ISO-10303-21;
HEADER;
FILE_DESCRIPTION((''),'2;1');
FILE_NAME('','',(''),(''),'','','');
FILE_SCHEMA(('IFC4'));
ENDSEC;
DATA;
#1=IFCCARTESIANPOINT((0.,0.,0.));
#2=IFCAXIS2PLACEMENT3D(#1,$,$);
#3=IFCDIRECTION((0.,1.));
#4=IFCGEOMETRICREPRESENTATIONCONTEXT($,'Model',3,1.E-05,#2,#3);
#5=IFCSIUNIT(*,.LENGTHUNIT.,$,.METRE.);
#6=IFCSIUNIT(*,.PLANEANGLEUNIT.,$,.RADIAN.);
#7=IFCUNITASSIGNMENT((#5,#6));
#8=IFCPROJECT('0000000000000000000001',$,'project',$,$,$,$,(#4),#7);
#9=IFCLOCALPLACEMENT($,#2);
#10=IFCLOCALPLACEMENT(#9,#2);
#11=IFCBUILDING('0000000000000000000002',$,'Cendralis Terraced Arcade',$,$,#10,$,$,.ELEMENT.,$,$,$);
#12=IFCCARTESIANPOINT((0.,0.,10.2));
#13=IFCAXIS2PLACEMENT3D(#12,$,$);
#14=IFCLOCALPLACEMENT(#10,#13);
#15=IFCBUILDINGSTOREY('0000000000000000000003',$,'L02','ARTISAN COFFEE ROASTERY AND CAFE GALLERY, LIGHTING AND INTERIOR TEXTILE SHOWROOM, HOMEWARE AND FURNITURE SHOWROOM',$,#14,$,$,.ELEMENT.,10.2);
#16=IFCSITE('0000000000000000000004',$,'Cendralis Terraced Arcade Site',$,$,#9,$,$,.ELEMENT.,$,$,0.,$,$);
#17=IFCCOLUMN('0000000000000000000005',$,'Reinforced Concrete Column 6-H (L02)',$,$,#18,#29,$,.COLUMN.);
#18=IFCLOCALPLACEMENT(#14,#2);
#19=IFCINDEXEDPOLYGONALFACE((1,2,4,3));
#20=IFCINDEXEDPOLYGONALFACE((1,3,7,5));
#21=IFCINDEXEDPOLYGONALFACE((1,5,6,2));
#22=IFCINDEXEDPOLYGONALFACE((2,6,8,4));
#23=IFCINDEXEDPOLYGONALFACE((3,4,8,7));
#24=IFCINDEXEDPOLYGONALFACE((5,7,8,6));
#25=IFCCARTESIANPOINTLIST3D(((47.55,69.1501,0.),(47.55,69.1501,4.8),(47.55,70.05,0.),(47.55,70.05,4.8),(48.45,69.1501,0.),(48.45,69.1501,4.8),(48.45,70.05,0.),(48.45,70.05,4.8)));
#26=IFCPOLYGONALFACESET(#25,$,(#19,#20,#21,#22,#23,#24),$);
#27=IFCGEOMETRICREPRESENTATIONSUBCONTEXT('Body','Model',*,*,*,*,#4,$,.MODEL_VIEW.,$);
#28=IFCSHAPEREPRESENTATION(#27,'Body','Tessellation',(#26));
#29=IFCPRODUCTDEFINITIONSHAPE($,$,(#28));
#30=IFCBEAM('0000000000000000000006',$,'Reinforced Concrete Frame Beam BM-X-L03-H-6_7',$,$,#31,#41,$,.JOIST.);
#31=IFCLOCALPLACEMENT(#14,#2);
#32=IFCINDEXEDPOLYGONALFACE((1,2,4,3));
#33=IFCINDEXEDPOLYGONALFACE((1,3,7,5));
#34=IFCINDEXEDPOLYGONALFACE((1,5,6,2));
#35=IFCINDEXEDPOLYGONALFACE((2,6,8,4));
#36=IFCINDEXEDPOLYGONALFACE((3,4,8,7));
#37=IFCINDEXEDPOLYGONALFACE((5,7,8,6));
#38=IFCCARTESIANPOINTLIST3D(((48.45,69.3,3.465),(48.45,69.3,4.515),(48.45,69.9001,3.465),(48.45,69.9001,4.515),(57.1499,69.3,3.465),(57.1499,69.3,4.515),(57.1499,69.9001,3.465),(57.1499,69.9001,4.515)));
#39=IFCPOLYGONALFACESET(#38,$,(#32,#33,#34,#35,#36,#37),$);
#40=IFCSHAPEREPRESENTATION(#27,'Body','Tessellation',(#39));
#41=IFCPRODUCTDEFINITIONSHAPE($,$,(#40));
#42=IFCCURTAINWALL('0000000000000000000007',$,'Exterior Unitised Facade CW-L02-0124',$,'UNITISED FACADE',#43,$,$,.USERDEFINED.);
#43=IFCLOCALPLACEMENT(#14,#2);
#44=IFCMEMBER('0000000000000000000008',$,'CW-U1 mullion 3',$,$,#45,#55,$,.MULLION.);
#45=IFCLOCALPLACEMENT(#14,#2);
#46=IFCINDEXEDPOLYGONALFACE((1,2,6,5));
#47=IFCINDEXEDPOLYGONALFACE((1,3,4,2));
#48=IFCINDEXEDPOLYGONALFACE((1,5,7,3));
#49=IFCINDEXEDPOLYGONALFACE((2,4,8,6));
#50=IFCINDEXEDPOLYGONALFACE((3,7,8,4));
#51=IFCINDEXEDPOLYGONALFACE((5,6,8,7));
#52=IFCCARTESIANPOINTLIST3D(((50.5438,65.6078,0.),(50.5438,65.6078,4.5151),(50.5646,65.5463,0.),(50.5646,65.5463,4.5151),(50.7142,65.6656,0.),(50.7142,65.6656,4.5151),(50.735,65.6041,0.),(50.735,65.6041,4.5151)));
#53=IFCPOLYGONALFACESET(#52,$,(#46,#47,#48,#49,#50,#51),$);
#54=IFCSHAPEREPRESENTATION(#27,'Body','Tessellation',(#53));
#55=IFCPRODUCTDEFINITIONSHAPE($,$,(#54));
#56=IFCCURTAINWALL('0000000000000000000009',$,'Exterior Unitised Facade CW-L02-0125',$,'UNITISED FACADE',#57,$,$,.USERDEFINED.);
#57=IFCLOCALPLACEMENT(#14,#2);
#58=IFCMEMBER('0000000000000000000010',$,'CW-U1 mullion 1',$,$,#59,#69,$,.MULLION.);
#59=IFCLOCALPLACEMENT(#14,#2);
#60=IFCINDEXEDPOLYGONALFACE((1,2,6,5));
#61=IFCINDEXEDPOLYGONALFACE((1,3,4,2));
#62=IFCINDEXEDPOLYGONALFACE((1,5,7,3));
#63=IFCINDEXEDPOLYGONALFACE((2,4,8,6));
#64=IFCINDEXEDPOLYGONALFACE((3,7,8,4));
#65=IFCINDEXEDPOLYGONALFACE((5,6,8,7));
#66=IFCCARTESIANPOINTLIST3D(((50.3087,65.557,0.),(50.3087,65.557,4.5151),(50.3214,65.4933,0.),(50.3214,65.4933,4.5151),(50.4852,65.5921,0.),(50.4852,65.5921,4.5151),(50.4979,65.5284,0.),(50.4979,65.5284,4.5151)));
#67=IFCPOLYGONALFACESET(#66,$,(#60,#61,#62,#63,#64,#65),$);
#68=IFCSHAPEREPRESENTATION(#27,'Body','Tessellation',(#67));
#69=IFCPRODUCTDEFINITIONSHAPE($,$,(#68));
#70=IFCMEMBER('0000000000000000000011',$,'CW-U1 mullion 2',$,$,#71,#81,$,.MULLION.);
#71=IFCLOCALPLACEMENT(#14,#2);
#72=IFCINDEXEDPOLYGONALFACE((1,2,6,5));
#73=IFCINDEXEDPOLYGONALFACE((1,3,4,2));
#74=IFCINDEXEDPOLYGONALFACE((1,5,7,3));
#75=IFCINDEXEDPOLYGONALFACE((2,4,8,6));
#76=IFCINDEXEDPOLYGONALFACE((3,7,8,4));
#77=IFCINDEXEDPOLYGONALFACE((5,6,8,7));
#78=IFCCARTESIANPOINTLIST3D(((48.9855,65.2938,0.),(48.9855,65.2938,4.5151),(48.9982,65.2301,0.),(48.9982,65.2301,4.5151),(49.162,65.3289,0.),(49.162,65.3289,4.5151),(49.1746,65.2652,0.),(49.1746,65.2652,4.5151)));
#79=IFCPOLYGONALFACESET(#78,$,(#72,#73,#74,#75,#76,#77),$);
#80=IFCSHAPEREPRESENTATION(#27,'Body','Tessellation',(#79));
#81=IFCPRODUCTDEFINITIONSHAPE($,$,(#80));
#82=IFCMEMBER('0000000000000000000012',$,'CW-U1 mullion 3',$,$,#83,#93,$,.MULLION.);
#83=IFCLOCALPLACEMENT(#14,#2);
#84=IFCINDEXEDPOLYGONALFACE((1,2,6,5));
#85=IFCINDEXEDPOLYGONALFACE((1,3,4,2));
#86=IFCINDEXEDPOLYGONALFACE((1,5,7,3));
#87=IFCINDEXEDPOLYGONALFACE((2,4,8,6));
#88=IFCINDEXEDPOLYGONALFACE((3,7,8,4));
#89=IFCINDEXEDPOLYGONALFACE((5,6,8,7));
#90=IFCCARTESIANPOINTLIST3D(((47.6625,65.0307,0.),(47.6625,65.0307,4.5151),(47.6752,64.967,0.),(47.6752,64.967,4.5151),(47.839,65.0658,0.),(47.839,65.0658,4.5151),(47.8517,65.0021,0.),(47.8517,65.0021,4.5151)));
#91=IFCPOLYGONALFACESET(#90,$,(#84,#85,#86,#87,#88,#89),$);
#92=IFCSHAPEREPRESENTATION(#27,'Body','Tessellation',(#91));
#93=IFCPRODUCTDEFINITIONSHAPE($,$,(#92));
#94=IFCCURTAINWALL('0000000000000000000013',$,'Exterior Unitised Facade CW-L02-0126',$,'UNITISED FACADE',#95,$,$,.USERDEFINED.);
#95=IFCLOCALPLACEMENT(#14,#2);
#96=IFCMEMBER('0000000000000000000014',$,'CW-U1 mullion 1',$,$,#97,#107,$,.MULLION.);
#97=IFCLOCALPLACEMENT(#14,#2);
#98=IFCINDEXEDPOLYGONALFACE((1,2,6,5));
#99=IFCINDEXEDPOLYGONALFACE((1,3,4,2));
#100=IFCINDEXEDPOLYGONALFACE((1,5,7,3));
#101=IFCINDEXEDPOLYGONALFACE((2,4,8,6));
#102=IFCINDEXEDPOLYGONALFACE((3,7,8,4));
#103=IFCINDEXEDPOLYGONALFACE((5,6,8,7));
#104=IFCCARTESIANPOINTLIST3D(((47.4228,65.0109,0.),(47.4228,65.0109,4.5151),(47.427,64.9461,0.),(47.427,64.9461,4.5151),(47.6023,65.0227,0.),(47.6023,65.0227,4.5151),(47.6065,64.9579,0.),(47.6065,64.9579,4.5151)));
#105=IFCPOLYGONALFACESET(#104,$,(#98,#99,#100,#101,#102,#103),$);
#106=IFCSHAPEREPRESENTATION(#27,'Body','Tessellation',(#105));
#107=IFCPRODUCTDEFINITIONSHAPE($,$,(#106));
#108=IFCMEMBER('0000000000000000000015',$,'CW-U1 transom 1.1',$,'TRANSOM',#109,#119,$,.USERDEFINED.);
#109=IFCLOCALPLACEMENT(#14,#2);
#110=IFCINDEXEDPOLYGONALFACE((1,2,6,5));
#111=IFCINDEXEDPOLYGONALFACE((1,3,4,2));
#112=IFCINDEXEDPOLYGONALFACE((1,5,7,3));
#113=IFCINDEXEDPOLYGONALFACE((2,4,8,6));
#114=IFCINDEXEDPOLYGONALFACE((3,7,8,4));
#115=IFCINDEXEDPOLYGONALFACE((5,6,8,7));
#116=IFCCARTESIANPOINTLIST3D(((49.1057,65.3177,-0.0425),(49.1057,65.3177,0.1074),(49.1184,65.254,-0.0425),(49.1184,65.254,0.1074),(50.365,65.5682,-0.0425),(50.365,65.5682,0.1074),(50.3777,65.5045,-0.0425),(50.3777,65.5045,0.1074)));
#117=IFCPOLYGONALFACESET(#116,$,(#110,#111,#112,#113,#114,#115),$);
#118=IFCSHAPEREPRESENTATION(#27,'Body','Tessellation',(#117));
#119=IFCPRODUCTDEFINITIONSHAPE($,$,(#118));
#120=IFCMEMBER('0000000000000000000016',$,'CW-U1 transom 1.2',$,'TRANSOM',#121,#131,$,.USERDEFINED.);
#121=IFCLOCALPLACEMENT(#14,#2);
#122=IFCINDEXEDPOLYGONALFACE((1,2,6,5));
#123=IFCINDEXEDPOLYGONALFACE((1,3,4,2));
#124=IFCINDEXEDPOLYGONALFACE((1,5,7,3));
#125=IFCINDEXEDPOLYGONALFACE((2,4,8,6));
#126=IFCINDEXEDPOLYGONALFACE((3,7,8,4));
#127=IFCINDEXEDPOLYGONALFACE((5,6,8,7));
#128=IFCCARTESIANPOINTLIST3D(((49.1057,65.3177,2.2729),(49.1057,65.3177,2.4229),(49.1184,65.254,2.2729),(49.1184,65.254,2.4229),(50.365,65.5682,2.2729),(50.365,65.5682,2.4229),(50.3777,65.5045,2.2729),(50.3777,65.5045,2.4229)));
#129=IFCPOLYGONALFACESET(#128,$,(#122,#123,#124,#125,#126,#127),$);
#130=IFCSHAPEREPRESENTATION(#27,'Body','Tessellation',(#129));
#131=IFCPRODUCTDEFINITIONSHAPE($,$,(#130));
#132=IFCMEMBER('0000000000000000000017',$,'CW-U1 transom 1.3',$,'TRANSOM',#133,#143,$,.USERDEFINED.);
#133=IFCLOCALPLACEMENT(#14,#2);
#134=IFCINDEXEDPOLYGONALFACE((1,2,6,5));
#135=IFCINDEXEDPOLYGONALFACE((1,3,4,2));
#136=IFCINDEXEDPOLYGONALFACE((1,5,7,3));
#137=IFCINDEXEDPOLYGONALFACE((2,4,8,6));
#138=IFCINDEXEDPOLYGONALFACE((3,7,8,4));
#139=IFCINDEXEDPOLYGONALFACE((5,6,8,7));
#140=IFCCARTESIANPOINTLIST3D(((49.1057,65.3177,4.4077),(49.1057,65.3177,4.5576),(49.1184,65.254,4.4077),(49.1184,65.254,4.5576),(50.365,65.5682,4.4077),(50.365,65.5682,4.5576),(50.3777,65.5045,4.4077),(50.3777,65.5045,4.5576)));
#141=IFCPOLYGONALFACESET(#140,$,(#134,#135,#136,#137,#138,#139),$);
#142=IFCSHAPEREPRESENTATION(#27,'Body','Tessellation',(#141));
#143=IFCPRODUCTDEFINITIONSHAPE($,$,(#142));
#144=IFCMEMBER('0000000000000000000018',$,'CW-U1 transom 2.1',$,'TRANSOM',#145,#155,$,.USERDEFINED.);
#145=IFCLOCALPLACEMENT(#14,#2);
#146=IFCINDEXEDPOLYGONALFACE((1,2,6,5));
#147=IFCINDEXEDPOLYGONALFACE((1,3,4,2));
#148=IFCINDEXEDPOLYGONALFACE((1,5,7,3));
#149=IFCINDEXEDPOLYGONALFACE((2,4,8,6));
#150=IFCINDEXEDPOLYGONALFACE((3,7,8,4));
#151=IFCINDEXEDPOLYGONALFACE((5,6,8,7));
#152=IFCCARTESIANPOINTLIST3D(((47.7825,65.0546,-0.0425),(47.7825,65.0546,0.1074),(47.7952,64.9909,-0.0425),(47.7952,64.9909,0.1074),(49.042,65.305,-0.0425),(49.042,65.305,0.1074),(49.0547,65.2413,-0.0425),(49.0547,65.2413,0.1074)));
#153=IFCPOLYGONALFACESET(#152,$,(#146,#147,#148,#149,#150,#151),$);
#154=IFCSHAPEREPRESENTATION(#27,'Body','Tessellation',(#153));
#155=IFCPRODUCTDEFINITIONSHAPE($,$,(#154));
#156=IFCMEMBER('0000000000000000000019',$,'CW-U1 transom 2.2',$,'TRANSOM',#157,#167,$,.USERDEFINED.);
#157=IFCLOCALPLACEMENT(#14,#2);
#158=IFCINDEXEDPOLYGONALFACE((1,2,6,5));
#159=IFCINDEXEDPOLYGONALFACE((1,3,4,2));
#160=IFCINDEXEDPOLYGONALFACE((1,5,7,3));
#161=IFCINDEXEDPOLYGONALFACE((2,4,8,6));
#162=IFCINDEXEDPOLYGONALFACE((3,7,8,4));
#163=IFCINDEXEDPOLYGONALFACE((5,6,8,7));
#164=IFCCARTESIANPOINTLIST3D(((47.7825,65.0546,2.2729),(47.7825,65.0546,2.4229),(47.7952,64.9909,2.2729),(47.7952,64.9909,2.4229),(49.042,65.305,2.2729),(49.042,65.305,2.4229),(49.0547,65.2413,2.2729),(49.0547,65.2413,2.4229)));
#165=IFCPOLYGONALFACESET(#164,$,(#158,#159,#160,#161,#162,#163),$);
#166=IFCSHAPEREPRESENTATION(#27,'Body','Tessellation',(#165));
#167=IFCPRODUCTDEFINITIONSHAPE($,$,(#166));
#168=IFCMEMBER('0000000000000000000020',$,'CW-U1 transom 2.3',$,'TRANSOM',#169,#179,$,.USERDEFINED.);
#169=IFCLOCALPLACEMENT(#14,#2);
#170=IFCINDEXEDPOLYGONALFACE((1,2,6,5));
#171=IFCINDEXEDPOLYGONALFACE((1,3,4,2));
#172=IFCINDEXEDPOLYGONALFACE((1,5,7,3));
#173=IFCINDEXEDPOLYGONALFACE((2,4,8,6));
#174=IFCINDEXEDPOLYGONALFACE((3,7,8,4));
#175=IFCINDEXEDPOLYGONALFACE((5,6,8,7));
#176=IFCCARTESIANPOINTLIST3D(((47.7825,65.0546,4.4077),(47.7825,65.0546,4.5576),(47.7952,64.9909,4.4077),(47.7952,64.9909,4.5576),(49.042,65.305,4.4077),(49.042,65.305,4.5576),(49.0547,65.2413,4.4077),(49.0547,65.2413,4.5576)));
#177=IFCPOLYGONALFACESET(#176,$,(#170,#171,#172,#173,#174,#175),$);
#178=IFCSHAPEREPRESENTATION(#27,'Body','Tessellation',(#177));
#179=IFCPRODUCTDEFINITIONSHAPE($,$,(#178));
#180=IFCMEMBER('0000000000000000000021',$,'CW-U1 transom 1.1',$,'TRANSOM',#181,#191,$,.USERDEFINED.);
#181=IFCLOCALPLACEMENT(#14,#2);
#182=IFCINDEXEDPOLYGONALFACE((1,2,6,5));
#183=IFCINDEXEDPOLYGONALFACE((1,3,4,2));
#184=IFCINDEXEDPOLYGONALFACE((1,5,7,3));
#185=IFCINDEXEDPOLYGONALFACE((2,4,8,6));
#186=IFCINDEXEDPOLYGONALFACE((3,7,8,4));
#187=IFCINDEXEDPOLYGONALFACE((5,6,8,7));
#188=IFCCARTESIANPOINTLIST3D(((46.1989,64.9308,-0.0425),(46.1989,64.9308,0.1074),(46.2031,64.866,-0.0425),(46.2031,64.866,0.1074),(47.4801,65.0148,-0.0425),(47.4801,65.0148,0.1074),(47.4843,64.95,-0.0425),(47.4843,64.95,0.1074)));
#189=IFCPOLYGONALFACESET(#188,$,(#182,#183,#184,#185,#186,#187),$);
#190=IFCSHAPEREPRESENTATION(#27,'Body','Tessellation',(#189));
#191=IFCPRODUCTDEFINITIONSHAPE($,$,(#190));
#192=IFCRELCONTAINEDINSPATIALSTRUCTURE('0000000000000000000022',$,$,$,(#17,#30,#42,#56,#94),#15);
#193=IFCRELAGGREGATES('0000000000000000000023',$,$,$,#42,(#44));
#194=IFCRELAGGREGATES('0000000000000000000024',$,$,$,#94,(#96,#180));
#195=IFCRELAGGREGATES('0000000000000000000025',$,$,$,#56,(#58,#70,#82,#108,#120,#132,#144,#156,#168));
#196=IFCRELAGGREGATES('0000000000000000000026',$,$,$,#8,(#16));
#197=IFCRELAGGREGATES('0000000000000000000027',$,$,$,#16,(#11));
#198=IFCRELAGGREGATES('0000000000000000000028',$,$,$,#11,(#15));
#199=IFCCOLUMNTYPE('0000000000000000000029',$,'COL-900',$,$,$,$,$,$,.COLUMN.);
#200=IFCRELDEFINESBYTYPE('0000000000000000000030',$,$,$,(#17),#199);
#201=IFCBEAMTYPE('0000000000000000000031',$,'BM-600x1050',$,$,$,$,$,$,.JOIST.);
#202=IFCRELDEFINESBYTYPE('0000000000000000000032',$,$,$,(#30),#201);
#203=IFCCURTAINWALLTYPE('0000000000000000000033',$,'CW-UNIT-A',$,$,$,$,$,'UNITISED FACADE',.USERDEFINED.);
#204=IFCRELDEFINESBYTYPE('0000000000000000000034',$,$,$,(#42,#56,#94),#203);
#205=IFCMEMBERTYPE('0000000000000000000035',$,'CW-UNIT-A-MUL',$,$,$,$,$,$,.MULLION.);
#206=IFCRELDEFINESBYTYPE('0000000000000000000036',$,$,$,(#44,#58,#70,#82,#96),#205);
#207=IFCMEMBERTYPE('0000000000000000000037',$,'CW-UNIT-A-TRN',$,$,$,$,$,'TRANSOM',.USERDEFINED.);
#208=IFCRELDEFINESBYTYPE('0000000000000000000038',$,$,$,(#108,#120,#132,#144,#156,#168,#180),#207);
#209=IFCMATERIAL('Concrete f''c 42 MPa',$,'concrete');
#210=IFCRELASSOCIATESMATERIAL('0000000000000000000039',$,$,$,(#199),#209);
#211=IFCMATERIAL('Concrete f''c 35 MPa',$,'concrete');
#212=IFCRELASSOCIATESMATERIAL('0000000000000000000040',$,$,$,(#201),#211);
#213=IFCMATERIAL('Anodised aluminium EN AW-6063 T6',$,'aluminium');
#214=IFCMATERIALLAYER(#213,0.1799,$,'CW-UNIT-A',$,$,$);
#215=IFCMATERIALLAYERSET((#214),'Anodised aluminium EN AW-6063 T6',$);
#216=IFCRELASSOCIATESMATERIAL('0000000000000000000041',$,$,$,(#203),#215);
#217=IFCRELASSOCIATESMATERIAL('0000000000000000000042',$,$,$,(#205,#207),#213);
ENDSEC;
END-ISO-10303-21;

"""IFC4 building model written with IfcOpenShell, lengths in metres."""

from ifc_helpers import new_model, si_unit, direction, frame, origin, origin_2d, place, context, subcontext, project, spatial, rectangle, extrude, material, layer, layer_set, material_profile, profile_set, type_object, element, aggregate, save


model = new_model("IFC4")

# Units and contexts
model_context = context("Model", 3, precision=1e-05, world=origin(), true_north=direction((0.0, 1.0)))
body_context = subcontext(model_context, "Body", "Model", "MODEL_VIEW")
ifc_project = project(units=[si_unit("LENGTHUNIT", "METRE"), si_unit("PLANEANGLEUNIT", "RADIAN")], contexts=[model_context])

# Site, building, storey
site_placement = place(None, origin())
site = spatial("IfcSite", under=ifc_project, at=site_placement, Name="Cendralis Terraced Arcade Site", CompositionType="ELEMENT", RefElevation=0.0)
building_placement = place(site_placement, origin())
building = spatial("IfcBuilding", under=site, at=building_placement, Name="Cendralis Terraced Arcade", CompositionType="ELEMENT")
storey_placement = place(building_placement, frame((0.0, 0.0, 10.2)))
storey = spatial("IfcBuildingStorey", under=building, at=storey_placement, Name="L02", Description="ARTISAN COFFEE ROASTERY AND CAFE GALLERY, LIGHTING AND INTERIOR TEXTILE SHOWROOM, HOMEWARE AND FURNITURE SHOWROOM", CompositionType="ELEMENT", Elevation=10.2)

# Column
ifc_material_1 = material(Name="Concrete f'c 42 MPa", Category="concrete")
ifc_material_profile_1 = material_profile(ifc_material_1, rectangle(XDim=0.8999, YDim=0.8999, at=origin_2d()), Name="RC-COL-900x900", Category="LoadBearing")
ifc_profile_set_1 = profile_set([ifc_material_profile_1], Name="Concrete f'c 42 MPa")
column_type = type_object("IfcColumnType", Name="COL-900", PredefinedType="COLUMN", material=ifc_profile_set_1)
column_placement = place(storey_placement, frame((48.0, 69.6001, 0.0), z_axis=(0.0, 0.0, 1.0), x_axis=(1.0, 0.0, 0.0)))
element("IfcColumn", 1, at=column_placement, inside=storey, type_object=column_type, Name="Reinforced Concrete Column 6-H (L02)", PredefinedType="COLUMN", context=body_context, shape_type="SweptSolid", body=[
    extrude(rectangle(XDim=0.8999, YDim=0.8999, at=origin_2d()), origin(), (0.0, 0.0, 1.0), 4.8),
])

# Beam
ifc_material_2 = material(Name="Concrete f'c 35 MPa", Category="concrete")
ifc_material_profile_2 = material_profile(ifc_material_2, rectangle(XDim=0.6001, YDim=1.05, at=origin_2d()), Name="RC-BM-600x1050", Category="LoadBearing")
ifc_profile_set_2 = profile_set([ifc_material_profile_2], Name="Concrete f'c 35 MPa")
beam_type = type_object("IfcBeamType", Name="BM-600x1050", PredefinedType="JOIST", material=ifc_profile_set_2)
beam_placement = place(storey_placement, frame((48.45, 69.6001, 3.99), z_axis=(1.0, 0.0, 0.0), x_axis=(0.0, 1.0, 0.0)))
element("IfcBeam", 2, at=beam_placement, inside=storey, type_object=beam_type, Name="Reinforced Concrete Frame Beam BM-X-L03-H-6_7", PredefinedType="JOIST", context=body_context, shape_type="SweptSolid", body=[
    extrude(rectangle(XDim=0.6001, YDim=1.05, at=origin_2d()), origin(), (0.0, 0.0, 1.0), 8.7),
])

# Curtain wall, member
ifc_material_3 = material(Name="Anodised aluminium EN AW-6063 T6", Category="aluminium")
ifc_layer_1 = layer(ifc_material_3, 0.1799, Name="CW-UNIT-A")
ifc_layer_set_1 = layer_set([ifc_layer_1], Name="Anodised aluminium EN AW-6063 T6")
curtain_wall_type = type_object("IfcCurtainWallType", Name="CW-UNIT-A", ElementType="UNITISED FACADE", PredefinedType="USERDEFINED", material=ifc_layer_set_1)
curtain_wall_1_placement = place(storey_placement, origin())
curtain_wall_1 = element("IfcCurtainWall", 3, at=curtain_wall_1_placement, inside=storey, type_object=curtain_wall_type, Name="Exterior Unitised Facade CW-L02-0124", ObjectType="UNITISED FACADE", PredefinedType="USERDEFINED")
ifc_material_profile_3 = material_profile(ifc_material_3, rectangle(XDim=0.0649, YDim=0.1799, at=origin_2d()), Name="ALU-MUL-65x180")
ifc_profile_set_3 = profile_set([ifc_material_profile_3], Name="Anodised aluminium EN AW-6063 T6")
member_type_1 = type_object("IfcMemberType", Name="CW-UNIT-A-MUL", PredefinedType="MULLION", material=ifc_profile_set_3)
member_1_placement = place(storey_placement, frame((50.6394, 65.606, 0.0), z_axis=(0.0, 0.0, 1.0), x_axis=(0.321434, -0.946932, 0.0)))
member_1 = element("IfcMember", 4, at=member_1_placement, type_object=member_type_1, Name="CW-U1 mullion 3", PredefinedType="MULLION", context=body_context, shape_type="SweptSolid", body=[
    extrude(rectangle(XDim=0.0649, YDim=0.1799, at=origin_2d()), origin(), (0.0, 0.0, 1.0), 4.5151),
])
aggregate(curtain_wall_1, [member_1])

# Curtain wall, members
curtain_wall_2_placement = place(storey_placement, origin())
curtain_wall_2 = element("IfcCurtainWall", 5, at=curtain_wall_2_placement, inside=storey, type_object=curtain_wall_type, Name="Exterior Unitised Facade CW-L02-0125", ObjectType="UNITISED FACADE", PredefinedType="USERDEFINED")
member_2_placement = place(storey_placement, frame((50.4033, 65.5427, 0.0), z_axis=(0.0, 0.0, 1.0), x_axis=(0.195072, -0.980789, 0.0)))
member_2 = element("IfcMember", 6, at=member_2_placement, type_object=member_type_1, Name="CW-U1 mullion 1", PredefinedType="MULLION", context=body_context, shape_type="SweptSolid", body=[
    extrude(rectangle(XDim=0.0649, YDim=0.1799, at=origin_2d()), origin(), (0.0, 0.0, 1.0), 4.5151),
])
member_3_placement = place(storey_placement, frame((49.0801, 65.2795, 0.0), z_axis=(0.0, 0.0, 1.0), x_axis=(0.195072, -0.980789, 0.0)))
member_3 = element("IfcMember", 7, at=member_3_placement, type_object=member_type_1, Name="CW-U1 mullion 2", PredefinedType="MULLION", context=body_context, shape_type="SweptSolid", body=[
    extrude(rectangle(XDim=0.0649, YDim=0.1799, at=origin_2d()), origin(), (0.0, 0.0, 1.0), 4.5151),
])
member_4_placement = place(storey_placement, frame((47.7571, 65.0164, 0.0), z_axis=(0.0, 0.0, 1.0), x_axis=(0.195072, -0.980789, 0.0)))
member_4 = element("IfcMember", 8, at=member_4_placement, type_object=member_type_1, Name="CW-U1 mullion 3", PredefinedType="MULLION", context=body_context, shape_type="SweptSolid", body=[
    extrude(rectangle(XDim=0.0649, YDim=0.1799, at=origin_2d()), origin(), (0.0, 0.0, 1.0), 4.5151),
])

# Curtain wall, member
curtain_wall_3_placement = place(storey_placement, origin())
curtain_wall_3 = element("IfcCurtainWall", 9, at=curtain_wall_3_placement, inside=storey, type_object=curtain_wall_type, Name="Exterior Unitised Facade CW-L02-0126", ObjectType="UNITISED FACADE", PredefinedType="USERDEFINED")
member_5_placement = place(storey_placement, frame((47.5146, 64.9844, 0.0), z_axis=(0.0, 0.0, 1.0), x_axis=(0.065397, -0.997859, 0.0)))
member_5 = element("IfcMember", 10, at=member_5_placement, type_object=member_type_1, Name="CW-U1 mullion 1", PredefinedType="MULLION", context=body_context, shape_type="SweptSolid", body=[
    extrude(rectangle(XDim=0.0649, YDim=0.1799, at=origin_2d()), origin(), (0.0, 0.0, 1.0), 4.5151),
])

# Members
ifc_material_profile_4 = material_profile(ifc_material_3, rectangle(XDim=0.0649, YDim=0.1499, at=origin_2d()), Name="ALU-TRN-65x150")
ifc_profile_set_4 = profile_set([ifc_material_profile_4], Name="Anodised aluminium EN AW-6063 T6")
member_type_2 = type_object("IfcMemberType", Name="CW-UNIT-A-TRN", ElementType="TRANSOM", PredefinedType="USERDEFINED", material=ifc_profile_set_4)
member_6_placement = place(storey_placement, frame((50.3713, 65.5364, 0.0325), z_axis=(-0.980785, -0.195092, 0.0), x_axis=(0.195092, -0.980785, 0.0)))
member_6 = element("IfcMember", 11, at=member_6_placement, type_object=member_type_2, Name="CW-U1 transom 1.1", ObjectType="TRANSOM", PredefinedType="USERDEFINED", context=body_context, shape_type="SweptSolid", body=[
    extrude(rectangle(XDim=0.0649, YDim=0.1499, at=origin_2d()), origin(), (0.0, 0.0, 1.0), 1.2839),
])
member_7_placement = place(storey_placement, frame((50.3713, 65.5364, 2.3479), z_axis=(-0.980785, -0.195092, 0.0), x_axis=(0.195092, -0.980785, 0.0)))
member_7 = element("IfcMember", 12, at=member_7_placement, type_object=member_type_2, Name="CW-U1 transom 1.2", ObjectType="TRANSOM", PredefinedType="USERDEFINED", context=body_context, shape_type="SweptSolid", body=[
    extrude(rectangle(XDim=0.0649, YDim=0.1499, at=origin_2d()), origin(), (0.0, 0.0, 1.0), 1.2839),
])
member_8_placement = place(storey_placement, frame((50.3713, 65.5364, 4.4827), z_axis=(-0.980785, -0.195092, 0.0), x_axis=(0.195092, -0.980785, 0.0)))
member_8 = element("IfcMember", 13, at=member_8_placement, type_object=member_type_2, Name="CW-U1 transom 1.3", ObjectType="TRANSOM", PredefinedType="USERDEFINED", context=body_context, shape_type="SweptSolid", body=[
    extrude(rectangle(XDim=0.0649, YDim=0.1499, at=origin_2d()), origin(), (0.0, 0.0, 1.0), 1.2839),
])
member_9_placement = place(storey_placement, frame((49.0483, 65.2732, 0.0325), z_axis=(-0.980792, -0.195056, 0.0), x_axis=(0.195056, -0.980792, 0.0)))
member_9 = element("IfcMember", 14, at=member_9_placement, type_object=member_type_2, Name="CW-U1 transom 2.1", ObjectType="TRANSOM", PredefinedType="USERDEFINED", context=body_context, shape_type="SweptSolid", body=[
    extrude(rectangle(XDim=0.0649, YDim=0.1499, at=origin_2d()), origin(), (0.0, 0.0, 1.0), 1.2842),
])
member_10_placement = place(storey_placement, frame((49.0483, 65.2732, 2.3479), z_axis=(-0.980792, -0.195056, 0.0), x_axis=(0.195056, -0.980792, 0.0)))
member_10 = element("IfcMember", 15, at=member_10_placement, type_object=member_type_2, Name="CW-U1 transom 2.2", ObjectType="TRANSOM", PredefinedType="USERDEFINED", context=body_context, shape_type="SweptSolid", body=[
    extrude(rectangle(XDim=0.0649, YDim=0.1499, at=origin_2d()), origin(), (0.0, 0.0, 1.0), 1.2842),
])
member_11_placement = place(storey_placement, frame((49.0483, 65.2732, 4.4827), z_axis=(-0.980792, -0.195056, 0.0), x_axis=(0.195056, -0.980792, 0.0)))
member_11 = element("IfcMember", 16, at=member_11_placement, type_object=member_type_2, Name="CW-U1 transom 2.3", ObjectType="TRANSOM", PredefinedType="USERDEFINED", context=body_context, shape_type="SweptSolid", body=[
    extrude(rectangle(XDim=0.0649, YDim=0.1499, at=origin_2d()), origin(), (0.0, 0.0, 1.0), 1.2842),
])
member_12_placement = place(storey_placement, frame((47.4822, 64.9824, 0.0325), z_axis=(-0.997859, -0.065408, 0.0), x_axis=(0.065408, -0.997859, 0.0)))
member_12 = element("IfcMember", 17, at=member_12_placement, type_object=member_type_2, Name="CW-U1 transom 1.1", ObjectType="TRANSOM", PredefinedType="USERDEFINED", context=body_context, shape_type="SweptSolid", body=[
    extrude(rectangle(XDim=0.0649, YDim=0.1499, at=origin_2d()), origin(), (0.0, 0.0, 1.0), 1.2839),
])
aggregate(curtain_wall_3, [member_5, member_12])

aggregate(curtain_wall_2, [member_2, member_3, member_4, member_6, member_7, member_8, member_9, member_10, member_11])

save(model, "model.ifc")
